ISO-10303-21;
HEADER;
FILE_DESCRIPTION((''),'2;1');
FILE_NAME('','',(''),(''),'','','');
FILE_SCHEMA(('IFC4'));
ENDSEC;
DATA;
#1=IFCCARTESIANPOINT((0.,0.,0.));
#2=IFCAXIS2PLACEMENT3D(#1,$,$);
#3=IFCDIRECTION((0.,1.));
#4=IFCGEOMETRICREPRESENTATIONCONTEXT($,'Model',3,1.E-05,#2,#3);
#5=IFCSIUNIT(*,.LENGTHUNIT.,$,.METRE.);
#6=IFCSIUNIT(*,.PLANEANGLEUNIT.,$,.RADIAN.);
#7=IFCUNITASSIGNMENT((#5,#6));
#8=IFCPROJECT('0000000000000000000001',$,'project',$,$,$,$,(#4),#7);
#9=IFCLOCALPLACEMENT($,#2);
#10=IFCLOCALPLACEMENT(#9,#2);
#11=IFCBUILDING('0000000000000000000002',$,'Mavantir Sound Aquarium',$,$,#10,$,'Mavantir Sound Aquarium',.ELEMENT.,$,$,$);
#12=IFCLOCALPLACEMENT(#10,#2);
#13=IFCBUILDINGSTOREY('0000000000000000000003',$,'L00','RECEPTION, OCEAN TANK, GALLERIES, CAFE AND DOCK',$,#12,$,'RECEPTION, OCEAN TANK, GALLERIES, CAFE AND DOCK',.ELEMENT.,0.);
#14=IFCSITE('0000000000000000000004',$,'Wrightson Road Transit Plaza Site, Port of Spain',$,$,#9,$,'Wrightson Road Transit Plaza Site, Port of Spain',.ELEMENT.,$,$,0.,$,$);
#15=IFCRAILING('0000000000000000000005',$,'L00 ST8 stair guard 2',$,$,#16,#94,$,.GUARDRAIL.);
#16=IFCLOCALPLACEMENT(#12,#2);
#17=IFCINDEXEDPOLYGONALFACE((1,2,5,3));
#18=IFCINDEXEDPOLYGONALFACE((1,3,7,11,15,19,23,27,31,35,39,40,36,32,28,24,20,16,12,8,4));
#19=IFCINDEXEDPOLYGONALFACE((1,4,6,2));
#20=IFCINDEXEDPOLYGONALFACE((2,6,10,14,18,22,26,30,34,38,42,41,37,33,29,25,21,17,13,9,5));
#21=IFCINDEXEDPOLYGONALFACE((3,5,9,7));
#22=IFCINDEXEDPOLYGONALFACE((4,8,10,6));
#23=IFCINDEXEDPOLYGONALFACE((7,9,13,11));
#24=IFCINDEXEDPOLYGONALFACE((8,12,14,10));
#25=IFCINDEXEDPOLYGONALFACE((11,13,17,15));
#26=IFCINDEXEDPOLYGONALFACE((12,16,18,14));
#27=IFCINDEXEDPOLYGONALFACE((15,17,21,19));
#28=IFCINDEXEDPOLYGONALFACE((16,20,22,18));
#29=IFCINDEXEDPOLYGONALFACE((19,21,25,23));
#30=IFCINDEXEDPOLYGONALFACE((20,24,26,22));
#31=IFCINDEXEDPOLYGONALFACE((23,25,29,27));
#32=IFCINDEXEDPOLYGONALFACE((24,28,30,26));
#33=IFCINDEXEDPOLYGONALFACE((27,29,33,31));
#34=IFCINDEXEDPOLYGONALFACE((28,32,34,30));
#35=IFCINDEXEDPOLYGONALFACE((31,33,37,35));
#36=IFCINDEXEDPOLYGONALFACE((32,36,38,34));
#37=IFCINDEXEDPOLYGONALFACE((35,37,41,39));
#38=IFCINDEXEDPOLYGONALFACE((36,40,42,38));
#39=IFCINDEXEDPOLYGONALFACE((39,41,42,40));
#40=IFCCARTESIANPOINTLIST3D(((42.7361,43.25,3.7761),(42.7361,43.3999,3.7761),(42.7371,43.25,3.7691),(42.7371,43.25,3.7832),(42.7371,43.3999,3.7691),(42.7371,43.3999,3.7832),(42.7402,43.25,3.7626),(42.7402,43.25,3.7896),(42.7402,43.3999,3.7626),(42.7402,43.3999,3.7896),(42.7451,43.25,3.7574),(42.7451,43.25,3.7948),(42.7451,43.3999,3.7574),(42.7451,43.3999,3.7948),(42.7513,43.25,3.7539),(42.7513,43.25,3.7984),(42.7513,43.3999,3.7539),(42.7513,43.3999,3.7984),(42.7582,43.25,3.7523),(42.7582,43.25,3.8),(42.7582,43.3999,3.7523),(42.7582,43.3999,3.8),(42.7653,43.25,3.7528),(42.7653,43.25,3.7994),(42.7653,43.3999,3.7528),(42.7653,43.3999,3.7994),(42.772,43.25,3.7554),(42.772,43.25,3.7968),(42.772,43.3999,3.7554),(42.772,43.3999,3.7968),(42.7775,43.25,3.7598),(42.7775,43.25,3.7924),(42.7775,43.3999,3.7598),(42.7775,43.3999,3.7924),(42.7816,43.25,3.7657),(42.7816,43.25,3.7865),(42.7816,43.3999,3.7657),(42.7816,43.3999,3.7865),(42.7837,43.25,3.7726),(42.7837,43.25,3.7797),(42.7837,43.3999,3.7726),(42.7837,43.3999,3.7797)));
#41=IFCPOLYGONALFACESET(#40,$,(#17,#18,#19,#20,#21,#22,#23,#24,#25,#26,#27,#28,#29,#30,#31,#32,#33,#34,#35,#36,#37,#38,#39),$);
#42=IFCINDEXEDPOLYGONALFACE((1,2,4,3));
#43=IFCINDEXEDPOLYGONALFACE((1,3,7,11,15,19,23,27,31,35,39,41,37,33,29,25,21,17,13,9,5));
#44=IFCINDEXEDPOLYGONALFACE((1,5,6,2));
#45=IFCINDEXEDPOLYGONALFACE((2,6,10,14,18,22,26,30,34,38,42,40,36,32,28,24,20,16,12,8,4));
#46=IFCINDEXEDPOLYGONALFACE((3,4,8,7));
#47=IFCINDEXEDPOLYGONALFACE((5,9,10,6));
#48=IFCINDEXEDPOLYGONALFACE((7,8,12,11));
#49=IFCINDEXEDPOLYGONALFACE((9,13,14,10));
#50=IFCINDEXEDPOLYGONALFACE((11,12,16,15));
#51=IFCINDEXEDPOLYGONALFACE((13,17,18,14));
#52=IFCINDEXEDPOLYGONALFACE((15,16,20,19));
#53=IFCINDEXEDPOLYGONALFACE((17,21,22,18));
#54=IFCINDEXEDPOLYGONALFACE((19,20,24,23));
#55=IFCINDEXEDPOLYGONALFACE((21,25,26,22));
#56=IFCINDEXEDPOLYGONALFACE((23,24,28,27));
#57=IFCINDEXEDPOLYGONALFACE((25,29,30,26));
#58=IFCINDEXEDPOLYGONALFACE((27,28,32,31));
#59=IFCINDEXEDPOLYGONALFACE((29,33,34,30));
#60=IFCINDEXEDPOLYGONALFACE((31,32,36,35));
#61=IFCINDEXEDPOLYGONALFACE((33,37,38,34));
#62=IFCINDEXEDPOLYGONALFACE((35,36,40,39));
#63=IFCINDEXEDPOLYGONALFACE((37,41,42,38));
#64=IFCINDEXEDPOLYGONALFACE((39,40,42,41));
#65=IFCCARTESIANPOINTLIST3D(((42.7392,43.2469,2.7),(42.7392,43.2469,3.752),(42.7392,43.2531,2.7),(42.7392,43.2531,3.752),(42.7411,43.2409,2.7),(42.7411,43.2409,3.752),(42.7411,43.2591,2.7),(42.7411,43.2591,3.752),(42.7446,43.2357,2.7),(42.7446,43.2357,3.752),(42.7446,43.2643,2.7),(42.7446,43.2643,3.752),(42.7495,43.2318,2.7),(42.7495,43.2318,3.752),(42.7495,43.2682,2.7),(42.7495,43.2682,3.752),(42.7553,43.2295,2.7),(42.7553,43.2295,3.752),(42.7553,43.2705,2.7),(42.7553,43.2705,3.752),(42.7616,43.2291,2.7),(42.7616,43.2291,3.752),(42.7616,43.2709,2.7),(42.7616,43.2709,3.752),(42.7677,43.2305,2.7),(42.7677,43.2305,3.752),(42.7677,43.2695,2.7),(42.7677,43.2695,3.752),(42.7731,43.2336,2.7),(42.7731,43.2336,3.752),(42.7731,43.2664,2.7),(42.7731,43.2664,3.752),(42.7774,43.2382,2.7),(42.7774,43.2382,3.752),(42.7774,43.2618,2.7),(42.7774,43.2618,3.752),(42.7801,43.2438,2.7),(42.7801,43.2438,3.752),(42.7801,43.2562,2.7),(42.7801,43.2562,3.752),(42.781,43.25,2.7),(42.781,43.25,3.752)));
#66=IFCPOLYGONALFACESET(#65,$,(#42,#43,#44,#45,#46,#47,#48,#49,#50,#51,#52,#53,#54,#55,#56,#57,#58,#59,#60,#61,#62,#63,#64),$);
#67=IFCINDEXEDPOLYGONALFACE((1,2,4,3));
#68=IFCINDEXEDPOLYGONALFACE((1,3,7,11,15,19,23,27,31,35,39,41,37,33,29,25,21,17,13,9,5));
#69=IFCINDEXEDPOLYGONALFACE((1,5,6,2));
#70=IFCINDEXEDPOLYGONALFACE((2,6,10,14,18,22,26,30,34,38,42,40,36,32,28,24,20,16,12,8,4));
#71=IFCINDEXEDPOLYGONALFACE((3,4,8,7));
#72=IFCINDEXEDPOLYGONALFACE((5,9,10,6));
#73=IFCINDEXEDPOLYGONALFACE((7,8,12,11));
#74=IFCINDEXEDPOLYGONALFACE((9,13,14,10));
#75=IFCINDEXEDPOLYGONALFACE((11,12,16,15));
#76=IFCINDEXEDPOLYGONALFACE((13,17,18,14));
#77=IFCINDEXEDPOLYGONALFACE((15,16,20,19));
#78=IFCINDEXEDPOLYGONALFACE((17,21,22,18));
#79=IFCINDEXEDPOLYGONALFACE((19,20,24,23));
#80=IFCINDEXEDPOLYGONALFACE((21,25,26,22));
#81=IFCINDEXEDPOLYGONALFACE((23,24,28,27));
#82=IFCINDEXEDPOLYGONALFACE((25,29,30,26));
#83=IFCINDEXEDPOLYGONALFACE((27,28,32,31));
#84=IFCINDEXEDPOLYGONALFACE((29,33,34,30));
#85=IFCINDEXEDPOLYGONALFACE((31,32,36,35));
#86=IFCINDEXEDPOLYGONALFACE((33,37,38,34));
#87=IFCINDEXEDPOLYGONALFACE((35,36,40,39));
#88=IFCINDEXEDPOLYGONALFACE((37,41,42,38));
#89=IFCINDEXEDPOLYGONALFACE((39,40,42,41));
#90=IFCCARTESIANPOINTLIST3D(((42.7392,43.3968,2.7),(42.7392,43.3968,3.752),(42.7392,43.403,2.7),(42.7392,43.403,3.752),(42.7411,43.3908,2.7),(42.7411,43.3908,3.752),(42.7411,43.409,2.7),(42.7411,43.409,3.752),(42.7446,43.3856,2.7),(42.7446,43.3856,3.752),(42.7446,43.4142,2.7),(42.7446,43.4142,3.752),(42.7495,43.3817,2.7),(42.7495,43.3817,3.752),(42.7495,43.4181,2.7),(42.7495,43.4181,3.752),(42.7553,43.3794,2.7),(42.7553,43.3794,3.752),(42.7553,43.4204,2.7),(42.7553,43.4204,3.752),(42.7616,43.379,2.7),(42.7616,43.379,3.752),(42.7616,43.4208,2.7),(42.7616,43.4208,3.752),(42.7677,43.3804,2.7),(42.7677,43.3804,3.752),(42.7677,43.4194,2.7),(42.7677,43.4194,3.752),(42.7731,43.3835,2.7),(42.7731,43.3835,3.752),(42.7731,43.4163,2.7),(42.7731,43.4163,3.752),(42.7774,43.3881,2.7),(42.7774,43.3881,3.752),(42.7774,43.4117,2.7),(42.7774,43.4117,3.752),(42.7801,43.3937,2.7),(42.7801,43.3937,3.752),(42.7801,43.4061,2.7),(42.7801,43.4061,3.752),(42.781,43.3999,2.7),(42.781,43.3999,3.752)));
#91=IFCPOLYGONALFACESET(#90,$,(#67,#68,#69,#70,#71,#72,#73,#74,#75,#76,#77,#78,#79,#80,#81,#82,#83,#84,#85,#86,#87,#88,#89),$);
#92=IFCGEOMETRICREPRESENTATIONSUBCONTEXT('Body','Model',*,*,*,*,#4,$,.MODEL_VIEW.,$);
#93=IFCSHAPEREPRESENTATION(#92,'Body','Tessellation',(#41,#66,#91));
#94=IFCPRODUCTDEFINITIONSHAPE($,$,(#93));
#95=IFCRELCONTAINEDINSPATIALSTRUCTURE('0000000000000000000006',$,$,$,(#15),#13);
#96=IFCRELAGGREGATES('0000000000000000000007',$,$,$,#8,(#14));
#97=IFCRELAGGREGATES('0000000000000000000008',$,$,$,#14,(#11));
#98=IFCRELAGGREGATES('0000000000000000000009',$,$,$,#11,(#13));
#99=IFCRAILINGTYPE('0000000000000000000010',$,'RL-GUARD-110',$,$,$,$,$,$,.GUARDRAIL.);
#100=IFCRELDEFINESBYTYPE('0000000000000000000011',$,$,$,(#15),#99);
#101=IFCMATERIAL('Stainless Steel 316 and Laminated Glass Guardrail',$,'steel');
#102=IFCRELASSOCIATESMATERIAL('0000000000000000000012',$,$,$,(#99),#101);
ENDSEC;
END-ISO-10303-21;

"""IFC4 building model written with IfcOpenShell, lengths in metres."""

from ifc_helpers import new_model, si_unit, direction, frame, origin, origin_2d, place, context, subcontext, project, spatial, circle, extrude, material, type_object, element, save


model = new_model("IFC4")

# Units and contexts
model_context = context("Model", 3, precision=1e-05, world=origin(), true_north=direction((0.0, 1.0)))
body_context = subcontext(model_context, "Body", "Model", "MODEL_VIEW")
ifc_project = project(units=[si_unit("LENGTHUNIT", "METRE"), si_unit("PLANEANGLEUNIT", "RADIAN")], contexts=[model_context])

# Site, building, storey
site_placement = place(None, origin())
site = spatial("IfcSite", under=ifc_project, at=site_placement, Name="Wrightson Road Transit Plaza Site, Port of Spain", LongName="Wrightson Road Transit Plaza Site, Port of Spain", CompositionType="ELEMENT", RefElevation=0.0)
building_placement = place(site_placement, origin())
building = spatial("IfcBuilding", under=site, at=building_placement, Name="Mavantir Sound Aquarium", LongName="Mavantir Sound Aquarium", CompositionType="ELEMENT")
storey_placement = place(building_placement, origin())
storey = spatial("IfcBuildingStorey", under=building, at=storey_placement, Name="L00", Description="RECEPTION, OCEAN TANK, GALLERIES, CAFE AND DOCK", LongName="RECEPTION, OCEAN TANK, GALLERIES, CAFE AND DOCK", CompositionType="ELEMENT", Elevation=0.0)

# Railing
ifc_material_1 = material(Name="Stainless Steel 316 and Laminated Glass Guardrail", Category="steel")
railing_type_1 = type_object("IfcRailingType", Name="RL-GUARD-110", PredefinedType="GUARDRAIL", material=ifc_material_1)
railing_1_placement = place(storey_placement, frame((42.76, 43.25, 2.7)))
element("IfcRailing", 1, at=railing_1_placement, inside=storey, type_object=railing_type_1, Name="L00 ST8 stair guard 2", PredefinedType="GUARDRAIL", context=body_context, shape_type="SweptSolid", body=[
    extrude(circle(Radius=0.0239, at=origin_2d()), frame((0.0, 0.0, 1.0762), z_axis=(0.0, 1.0, 0.0), x_axis=(-1.0, 0.0, 0.0)), (0.0, 0.0, 1.0), 0.1499),
    extrude(circle(Radius=0.021, at=origin_2d()), origin(), (0.0, 0.0, 1.0), 1.052),
    extrude(circle(Radius=0.021, at=origin_2d()), frame((0.0, 0.1499, 0.0)), (0.0, 0.0, 1.0), 1.052),
])

save(model, "model.ifc")
